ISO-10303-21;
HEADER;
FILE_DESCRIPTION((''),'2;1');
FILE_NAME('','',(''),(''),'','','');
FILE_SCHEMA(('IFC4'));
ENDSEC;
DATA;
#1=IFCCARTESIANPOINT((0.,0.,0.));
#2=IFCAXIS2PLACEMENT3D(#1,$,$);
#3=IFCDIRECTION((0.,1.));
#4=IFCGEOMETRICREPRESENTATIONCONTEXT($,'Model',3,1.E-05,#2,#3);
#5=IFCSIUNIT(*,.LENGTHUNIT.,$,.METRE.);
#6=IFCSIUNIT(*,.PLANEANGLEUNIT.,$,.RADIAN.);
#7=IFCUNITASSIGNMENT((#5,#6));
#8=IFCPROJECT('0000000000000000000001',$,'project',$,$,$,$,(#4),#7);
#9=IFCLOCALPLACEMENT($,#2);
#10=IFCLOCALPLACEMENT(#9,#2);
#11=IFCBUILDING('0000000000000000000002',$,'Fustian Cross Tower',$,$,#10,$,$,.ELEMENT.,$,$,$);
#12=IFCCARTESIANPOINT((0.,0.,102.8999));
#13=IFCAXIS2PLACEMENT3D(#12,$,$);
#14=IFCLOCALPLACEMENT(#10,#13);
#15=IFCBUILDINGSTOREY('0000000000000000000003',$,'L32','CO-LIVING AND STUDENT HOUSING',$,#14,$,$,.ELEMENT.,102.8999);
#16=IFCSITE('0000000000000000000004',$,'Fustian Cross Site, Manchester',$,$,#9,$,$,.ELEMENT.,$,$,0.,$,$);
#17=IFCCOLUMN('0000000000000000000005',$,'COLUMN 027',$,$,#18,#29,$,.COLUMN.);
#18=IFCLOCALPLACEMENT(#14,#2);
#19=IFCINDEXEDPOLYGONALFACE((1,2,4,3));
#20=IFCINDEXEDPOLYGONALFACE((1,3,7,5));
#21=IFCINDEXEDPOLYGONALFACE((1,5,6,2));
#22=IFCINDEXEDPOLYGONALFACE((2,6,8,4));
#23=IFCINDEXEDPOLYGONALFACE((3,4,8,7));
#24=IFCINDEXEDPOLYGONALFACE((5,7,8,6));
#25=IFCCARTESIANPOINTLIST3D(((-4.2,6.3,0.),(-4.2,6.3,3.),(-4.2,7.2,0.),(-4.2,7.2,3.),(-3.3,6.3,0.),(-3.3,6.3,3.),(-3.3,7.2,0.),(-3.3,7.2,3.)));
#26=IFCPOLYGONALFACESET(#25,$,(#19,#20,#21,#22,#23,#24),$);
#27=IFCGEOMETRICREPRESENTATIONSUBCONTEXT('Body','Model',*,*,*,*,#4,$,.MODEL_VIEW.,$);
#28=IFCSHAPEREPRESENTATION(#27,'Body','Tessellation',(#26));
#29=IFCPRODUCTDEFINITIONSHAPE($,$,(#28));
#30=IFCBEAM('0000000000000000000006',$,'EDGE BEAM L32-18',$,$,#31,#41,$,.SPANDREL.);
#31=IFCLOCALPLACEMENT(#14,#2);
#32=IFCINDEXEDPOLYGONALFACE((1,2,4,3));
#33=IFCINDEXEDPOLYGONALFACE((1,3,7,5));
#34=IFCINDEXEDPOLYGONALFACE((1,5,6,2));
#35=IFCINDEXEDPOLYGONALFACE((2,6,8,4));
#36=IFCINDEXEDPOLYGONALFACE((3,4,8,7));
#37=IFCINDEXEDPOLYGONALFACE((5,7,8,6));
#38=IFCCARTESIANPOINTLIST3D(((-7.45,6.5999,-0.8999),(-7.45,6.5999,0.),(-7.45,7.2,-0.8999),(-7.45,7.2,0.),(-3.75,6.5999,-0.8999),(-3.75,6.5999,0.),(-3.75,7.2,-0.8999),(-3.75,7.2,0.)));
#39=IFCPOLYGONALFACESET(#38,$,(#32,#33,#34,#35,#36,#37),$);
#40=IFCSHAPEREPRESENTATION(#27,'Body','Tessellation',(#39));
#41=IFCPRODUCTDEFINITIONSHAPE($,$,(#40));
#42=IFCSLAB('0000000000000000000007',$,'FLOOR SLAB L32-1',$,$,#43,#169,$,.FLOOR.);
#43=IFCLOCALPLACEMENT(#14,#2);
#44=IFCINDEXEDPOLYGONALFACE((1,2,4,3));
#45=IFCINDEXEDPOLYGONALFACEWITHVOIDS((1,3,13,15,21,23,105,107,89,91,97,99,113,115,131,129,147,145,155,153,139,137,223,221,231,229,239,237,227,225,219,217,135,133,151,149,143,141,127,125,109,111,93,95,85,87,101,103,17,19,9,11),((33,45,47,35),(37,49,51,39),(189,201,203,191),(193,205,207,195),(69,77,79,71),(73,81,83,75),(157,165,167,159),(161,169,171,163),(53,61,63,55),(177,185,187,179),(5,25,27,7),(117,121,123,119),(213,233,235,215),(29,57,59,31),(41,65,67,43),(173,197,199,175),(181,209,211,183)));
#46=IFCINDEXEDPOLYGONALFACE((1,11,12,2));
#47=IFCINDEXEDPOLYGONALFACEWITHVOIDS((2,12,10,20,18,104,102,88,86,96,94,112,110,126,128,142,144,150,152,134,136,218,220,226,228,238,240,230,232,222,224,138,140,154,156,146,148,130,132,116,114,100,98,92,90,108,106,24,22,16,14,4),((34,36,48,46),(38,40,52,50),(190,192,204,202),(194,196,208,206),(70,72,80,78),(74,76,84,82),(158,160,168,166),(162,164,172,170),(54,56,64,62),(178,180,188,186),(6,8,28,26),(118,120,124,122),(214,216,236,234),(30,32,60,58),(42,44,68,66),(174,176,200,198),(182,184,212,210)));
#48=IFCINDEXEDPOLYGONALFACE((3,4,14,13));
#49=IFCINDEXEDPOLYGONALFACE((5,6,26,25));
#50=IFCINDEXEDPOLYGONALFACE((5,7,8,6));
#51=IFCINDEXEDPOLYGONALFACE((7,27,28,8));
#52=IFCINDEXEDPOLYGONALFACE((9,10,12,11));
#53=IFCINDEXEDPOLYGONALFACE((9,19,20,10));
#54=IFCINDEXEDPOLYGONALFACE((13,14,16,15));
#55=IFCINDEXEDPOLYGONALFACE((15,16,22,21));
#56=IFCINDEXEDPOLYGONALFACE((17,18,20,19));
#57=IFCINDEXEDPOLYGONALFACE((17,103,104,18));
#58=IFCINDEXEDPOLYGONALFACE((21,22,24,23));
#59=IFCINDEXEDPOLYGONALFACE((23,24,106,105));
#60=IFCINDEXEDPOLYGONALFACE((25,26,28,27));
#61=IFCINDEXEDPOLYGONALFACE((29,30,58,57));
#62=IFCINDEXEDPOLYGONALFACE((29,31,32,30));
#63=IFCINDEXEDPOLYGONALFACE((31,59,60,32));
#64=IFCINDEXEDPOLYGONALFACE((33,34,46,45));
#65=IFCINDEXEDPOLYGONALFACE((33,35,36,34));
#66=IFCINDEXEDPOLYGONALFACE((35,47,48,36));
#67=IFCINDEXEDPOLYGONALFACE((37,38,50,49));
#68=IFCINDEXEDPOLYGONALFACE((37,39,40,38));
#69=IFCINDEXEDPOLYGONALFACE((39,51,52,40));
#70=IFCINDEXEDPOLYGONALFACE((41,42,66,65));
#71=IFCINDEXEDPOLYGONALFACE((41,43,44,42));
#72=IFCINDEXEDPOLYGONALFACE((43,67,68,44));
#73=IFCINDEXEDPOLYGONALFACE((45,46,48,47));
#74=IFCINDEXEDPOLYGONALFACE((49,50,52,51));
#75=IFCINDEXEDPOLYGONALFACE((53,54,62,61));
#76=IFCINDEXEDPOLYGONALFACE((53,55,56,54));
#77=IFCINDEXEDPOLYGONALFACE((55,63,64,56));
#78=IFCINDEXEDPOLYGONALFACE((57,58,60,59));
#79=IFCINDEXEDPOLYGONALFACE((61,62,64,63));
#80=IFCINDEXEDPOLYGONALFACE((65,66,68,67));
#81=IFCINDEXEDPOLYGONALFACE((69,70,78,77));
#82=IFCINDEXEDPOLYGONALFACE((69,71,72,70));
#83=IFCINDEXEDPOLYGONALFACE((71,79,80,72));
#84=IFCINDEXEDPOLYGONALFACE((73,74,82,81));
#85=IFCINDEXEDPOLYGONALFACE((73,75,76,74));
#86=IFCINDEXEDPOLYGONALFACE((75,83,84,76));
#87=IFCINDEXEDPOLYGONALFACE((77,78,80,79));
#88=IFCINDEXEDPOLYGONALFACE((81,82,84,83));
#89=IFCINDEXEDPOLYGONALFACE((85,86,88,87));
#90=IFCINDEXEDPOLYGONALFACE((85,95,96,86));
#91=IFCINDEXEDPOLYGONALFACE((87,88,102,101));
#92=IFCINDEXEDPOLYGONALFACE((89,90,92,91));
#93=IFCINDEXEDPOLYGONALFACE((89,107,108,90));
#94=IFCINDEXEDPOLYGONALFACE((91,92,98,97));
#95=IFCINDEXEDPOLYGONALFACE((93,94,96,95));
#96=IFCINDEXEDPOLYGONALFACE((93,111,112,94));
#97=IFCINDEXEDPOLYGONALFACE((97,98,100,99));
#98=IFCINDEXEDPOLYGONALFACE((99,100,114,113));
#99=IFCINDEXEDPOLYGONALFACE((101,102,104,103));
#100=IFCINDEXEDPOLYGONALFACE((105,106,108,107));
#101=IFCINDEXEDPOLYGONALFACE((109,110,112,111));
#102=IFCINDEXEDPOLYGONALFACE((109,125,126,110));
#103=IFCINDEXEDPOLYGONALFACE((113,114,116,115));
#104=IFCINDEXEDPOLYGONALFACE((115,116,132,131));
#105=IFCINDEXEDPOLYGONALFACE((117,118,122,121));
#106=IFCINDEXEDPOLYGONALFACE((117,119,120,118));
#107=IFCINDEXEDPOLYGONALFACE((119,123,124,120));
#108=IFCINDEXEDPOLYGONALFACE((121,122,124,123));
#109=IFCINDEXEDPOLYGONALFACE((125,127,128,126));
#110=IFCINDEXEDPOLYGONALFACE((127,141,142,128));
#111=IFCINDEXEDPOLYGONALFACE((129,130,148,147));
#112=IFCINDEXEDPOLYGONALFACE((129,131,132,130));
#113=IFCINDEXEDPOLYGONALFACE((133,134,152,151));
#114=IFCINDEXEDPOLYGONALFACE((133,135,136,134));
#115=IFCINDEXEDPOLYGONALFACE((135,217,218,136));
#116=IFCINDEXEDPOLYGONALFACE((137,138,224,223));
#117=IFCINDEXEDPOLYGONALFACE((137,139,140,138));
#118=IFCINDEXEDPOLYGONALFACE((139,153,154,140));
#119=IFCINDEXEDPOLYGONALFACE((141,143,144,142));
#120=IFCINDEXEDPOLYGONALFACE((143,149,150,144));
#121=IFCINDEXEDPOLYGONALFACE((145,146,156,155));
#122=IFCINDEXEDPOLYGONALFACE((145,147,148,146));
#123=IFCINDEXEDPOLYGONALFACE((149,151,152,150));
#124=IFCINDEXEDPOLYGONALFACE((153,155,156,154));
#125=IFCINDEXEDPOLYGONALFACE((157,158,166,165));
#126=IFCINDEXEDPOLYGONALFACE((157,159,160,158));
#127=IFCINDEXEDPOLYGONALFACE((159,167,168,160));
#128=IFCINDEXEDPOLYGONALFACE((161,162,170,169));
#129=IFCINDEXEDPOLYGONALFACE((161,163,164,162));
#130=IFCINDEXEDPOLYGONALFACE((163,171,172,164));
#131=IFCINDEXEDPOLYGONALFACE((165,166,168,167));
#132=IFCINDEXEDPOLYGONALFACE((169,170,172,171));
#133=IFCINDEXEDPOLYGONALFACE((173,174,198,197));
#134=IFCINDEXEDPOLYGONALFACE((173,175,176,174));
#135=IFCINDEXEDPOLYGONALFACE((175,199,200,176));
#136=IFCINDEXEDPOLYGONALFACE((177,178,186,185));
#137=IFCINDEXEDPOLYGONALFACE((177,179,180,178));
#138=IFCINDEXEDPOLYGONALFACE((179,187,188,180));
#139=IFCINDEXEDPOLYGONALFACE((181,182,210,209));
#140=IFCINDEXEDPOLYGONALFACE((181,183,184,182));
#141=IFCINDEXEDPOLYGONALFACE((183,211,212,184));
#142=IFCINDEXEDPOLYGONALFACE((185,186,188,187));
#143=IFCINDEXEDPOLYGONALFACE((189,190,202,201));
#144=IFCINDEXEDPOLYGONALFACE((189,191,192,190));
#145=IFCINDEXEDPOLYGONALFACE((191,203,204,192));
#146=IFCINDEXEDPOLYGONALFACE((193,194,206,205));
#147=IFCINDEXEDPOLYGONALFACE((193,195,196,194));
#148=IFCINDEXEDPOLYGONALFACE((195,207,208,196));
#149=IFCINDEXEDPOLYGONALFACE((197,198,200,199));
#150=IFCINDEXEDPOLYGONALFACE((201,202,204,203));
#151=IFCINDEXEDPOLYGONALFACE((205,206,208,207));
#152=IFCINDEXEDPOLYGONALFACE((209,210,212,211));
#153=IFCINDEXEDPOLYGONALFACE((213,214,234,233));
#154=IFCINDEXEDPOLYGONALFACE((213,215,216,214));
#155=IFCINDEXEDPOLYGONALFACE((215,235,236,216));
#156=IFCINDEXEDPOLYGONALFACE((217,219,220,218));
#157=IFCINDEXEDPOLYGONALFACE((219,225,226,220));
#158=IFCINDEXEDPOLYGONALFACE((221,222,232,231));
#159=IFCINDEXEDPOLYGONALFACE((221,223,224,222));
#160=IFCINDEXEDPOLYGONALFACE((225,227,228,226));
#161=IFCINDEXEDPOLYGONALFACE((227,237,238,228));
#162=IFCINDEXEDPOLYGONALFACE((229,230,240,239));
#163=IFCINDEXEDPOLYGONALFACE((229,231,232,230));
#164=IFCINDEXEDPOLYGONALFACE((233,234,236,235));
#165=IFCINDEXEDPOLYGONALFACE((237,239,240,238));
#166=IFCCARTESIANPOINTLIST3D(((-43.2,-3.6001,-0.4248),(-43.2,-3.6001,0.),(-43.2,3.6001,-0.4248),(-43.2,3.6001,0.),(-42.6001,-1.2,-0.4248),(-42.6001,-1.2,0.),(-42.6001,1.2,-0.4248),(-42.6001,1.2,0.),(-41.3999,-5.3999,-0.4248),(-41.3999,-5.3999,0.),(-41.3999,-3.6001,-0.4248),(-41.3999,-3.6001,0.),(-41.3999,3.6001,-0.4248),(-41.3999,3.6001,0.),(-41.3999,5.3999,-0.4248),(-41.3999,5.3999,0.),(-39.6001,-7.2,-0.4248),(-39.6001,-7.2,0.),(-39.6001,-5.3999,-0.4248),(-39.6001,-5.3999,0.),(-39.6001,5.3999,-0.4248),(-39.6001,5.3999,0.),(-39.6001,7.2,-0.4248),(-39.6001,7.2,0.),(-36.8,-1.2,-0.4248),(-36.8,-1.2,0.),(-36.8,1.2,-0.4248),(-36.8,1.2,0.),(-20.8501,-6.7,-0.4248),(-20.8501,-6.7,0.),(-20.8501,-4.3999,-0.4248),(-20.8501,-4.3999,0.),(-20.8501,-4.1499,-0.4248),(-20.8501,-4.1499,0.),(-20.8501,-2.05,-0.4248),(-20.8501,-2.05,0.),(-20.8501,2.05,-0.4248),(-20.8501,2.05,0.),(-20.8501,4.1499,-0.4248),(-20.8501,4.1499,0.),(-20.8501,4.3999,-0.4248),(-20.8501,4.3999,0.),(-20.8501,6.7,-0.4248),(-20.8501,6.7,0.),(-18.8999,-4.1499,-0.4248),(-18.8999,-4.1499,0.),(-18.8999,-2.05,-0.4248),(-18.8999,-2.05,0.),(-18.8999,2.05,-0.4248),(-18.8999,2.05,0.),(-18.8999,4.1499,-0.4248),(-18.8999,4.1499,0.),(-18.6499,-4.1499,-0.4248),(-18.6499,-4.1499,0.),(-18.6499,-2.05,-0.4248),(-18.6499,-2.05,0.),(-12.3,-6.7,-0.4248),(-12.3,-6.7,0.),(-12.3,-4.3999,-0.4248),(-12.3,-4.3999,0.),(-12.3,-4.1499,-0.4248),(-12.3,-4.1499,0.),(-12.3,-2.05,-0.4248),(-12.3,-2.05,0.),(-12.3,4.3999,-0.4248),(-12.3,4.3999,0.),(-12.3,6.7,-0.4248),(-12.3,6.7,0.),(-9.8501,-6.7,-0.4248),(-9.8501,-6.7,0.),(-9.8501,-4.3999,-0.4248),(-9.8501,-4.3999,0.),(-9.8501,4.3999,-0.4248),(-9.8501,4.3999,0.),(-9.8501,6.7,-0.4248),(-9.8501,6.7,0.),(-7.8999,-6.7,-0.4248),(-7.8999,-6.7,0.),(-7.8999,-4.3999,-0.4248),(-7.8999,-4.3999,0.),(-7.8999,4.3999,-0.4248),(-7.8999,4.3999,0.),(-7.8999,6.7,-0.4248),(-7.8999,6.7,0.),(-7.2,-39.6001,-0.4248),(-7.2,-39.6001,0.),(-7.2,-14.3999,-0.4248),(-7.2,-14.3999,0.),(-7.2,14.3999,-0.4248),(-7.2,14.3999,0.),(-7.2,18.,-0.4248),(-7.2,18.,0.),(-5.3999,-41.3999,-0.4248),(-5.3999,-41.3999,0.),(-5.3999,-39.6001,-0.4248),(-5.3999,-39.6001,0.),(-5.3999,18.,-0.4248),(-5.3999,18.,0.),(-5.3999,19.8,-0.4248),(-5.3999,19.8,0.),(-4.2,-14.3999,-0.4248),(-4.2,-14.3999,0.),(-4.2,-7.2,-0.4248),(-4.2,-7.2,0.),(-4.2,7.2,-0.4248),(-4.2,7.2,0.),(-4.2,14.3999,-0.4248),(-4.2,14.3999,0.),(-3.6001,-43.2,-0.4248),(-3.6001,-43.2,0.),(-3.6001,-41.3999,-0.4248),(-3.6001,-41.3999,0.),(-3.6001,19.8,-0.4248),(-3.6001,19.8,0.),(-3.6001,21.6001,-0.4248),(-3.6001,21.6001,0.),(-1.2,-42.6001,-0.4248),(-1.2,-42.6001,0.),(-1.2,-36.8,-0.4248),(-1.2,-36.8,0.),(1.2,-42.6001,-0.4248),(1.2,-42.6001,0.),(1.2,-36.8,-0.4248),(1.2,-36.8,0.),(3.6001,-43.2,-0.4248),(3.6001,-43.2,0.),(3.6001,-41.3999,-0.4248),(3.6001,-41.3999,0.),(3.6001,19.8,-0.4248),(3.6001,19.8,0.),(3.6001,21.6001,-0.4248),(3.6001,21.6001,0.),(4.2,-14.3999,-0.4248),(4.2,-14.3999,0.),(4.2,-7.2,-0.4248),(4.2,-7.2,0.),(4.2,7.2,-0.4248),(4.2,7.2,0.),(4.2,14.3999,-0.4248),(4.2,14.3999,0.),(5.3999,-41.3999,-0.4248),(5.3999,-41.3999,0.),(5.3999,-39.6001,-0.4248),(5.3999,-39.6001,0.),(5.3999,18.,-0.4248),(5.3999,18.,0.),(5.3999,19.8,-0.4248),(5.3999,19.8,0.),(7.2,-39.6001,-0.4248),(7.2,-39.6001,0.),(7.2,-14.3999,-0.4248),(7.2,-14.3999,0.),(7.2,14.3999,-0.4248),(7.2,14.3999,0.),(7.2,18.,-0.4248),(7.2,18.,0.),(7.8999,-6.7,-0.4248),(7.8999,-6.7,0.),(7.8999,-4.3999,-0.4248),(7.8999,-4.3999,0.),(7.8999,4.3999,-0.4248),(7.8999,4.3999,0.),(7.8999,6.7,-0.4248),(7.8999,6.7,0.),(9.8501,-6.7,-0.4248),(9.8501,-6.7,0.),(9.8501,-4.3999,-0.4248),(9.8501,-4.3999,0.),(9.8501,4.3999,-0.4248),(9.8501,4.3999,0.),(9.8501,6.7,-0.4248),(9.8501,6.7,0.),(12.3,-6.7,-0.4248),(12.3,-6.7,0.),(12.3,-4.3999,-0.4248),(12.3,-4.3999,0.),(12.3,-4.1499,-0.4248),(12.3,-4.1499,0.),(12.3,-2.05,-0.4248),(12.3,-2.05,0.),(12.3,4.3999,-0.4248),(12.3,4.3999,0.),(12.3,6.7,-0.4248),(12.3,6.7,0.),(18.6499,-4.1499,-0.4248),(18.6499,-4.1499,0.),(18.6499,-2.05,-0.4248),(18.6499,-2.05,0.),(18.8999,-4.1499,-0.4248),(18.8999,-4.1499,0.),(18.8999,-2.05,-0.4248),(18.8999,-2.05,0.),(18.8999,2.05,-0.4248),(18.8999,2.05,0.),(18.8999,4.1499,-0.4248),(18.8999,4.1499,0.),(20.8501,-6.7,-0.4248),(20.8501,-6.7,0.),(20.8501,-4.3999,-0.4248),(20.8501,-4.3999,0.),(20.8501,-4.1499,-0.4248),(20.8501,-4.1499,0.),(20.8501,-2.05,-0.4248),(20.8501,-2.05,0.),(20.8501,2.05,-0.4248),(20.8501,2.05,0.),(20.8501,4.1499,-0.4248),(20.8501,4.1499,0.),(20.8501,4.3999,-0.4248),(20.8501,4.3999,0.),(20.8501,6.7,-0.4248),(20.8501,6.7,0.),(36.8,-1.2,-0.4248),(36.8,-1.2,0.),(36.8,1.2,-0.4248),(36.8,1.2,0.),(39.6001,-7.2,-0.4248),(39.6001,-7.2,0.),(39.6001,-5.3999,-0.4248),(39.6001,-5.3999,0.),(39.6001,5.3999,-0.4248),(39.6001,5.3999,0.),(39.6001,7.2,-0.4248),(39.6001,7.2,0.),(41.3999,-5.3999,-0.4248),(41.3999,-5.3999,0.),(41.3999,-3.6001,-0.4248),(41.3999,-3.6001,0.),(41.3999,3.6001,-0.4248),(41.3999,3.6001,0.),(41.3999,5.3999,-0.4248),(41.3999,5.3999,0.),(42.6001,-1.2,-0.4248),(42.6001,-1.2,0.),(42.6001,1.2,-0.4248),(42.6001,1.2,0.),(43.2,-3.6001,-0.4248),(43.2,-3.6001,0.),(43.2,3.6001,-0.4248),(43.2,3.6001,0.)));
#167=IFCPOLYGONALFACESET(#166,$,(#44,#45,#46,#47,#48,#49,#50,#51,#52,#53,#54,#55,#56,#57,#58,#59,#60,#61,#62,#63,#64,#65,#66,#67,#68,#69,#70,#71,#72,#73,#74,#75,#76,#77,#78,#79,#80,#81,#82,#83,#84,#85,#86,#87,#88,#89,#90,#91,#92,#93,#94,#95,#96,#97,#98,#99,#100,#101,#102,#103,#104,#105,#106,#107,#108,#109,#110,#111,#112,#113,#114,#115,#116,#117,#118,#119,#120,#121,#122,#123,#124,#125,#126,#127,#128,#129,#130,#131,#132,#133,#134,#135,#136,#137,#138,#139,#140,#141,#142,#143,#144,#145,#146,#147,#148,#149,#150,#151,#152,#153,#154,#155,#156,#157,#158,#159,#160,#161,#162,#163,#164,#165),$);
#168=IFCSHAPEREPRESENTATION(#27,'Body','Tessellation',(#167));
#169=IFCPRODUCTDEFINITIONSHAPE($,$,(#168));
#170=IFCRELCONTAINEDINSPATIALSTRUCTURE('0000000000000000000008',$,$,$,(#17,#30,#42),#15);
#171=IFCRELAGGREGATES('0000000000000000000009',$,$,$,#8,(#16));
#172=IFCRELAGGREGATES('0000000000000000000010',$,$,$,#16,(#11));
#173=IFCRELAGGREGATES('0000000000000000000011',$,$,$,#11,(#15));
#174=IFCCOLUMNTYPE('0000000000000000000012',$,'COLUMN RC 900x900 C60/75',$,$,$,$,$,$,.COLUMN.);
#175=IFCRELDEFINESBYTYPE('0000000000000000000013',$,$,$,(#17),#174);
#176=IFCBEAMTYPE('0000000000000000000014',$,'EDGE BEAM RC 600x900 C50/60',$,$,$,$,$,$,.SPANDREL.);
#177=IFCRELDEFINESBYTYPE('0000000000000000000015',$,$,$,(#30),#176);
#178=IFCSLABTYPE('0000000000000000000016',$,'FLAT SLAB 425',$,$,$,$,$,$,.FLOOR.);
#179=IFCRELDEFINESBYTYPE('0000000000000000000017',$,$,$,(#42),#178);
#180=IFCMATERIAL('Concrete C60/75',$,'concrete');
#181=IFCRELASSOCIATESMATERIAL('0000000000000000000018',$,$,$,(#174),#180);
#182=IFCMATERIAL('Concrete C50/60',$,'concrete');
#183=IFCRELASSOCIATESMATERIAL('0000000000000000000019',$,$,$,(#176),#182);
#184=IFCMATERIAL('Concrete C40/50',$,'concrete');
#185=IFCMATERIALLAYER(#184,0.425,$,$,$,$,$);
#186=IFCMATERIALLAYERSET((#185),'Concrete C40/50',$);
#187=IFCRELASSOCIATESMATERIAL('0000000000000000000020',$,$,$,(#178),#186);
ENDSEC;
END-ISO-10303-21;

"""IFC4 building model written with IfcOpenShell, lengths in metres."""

from ifc_helpers import new_model, si_unit, direction, frame, origin, origin_2d, place, context, subcontext, project, spatial, polyline, rectangle, outline, extrude, material, layer, layer_set, material_profile, profile_set, type_object, element, save


model = new_model("IFC4")

# Units and contexts
model_context = context("Model", 3, precision=1e-05, world=origin(), true_north=direction((0.0, 1.0)))
body_context = subcontext(model_context, "Body", "Model", "MODEL_VIEW")
ifc_project = project(units=[si_unit("LENGTHUNIT", "METRE"), si_unit("PLANEANGLEUNIT", "RADIAN")], contexts=[model_context])

# Site, building, storey
site_placement = place(None, origin())
site = spatial("IfcSite", under=ifc_project, at=site_placement, Name="Fustian Cross Site, Manchester", CompositionType="ELEMENT", RefElevation=0.0)
building_placement = place(site_placement, origin())
building = spatial("IfcBuilding", under=site, at=building_placement, Name="Fustian Cross Tower", CompositionType="ELEMENT")
storey_placement = place(building_placement, frame((0.0, 0.0, 102.8999)))
storey = spatial("IfcBuildingStorey", under=building, at=storey_placement, Name="L32", Description="CO-LIVING AND STUDENT HOUSING", CompositionType="ELEMENT", Elevation=102.8999)

# Column
ifc_material_1 = material(Name="Concrete C60/75", Category="concrete")
ifc_material_profile_1 = material_profile(ifc_material_1, rectangle(XDim=0.8999, YDim=0.8999, at=origin_2d()), Name="RC 900x900")
ifc_profile_set_1 = profile_set([ifc_material_profile_1], Name="Concrete C60/75")
column_type = type_object("IfcColumnType", Name="COLUMN RC 900x900 C60/75", PredefinedType="COLUMN", material=ifc_profile_set_1)
column_placement = place(storey_placement, frame((-3.75, 6.75, 0.0), z_axis=(0.0, 0.0, 1.0), x_axis=(1.0, 0.0, 0.0)))
element("IfcColumn", 1, at=column_placement, inside=storey, type_object=column_type, Name="COLUMN 027", PredefinedType="COLUMN", context=body_context, shape_type="SweptSolid", body=[
    extrude(rectangle(XDim=0.8999, YDim=0.8999, at=origin_2d()), origin(), (0.0, 0.0, 1.0), 3.0),
])

# Beam
ifc_material_2 = material(Name="Concrete C50/60", Category="concrete")
ifc_material_profile_2 = material_profile(ifc_material_2, rectangle(XDim=0.6001, YDim=0.8999, at=origin_2d()), Name="RC 600x900")
ifc_profile_set_2 = profile_set([ifc_material_profile_2], Name="Concrete C50/60")
beam_type = type_object("IfcBeamType", Name="EDGE BEAM RC 600x900 C50/60", PredefinedType="SPANDREL", material=ifc_profile_set_2)
beam_placement = place(storey_placement, frame((-3.75, 6.8999, -0.45), z_axis=(-1.0, 0.0, 0.0), x_axis=(0.0, -1.0, 0.0)))
element("IfcBeam", 2, at=beam_placement, inside=storey, type_object=beam_type, Name="EDGE BEAM L32-18", PredefinedType="SPANDREL", context=body_context, shape_type="SweptSolid", body=[
    extrude(rectangle(XDim=0.6001, YDim=0.8999, at=origin_2d()), origin(), (0.0, 0.0, 1.0), 3.7),
])

# Slab
ifc_material_3 = material(Name="Concrete C40/50", Category="concrete")
ifc_layer_1 = layer(ifc_material_3, 0.425)
ifc_layer_set_1 = layer_set([ifc_layer_1], Name="Concrete C40/50")
slab_type = type_object("IfcSlabType", Name="FLAT SLAB 425", PredefinedType="FLOOR", material=ifc_layer_set_1)
slab_placement = place(storey_placement, frame((0.0, 0.0, -0.4248)))
element("IfcSlab", 3, at=slab_placement, inside=storey, type_object=slab_type, Name="FLOOR SLAB L32-1", PredefinedType="FLOOR", context=body_context, shape_type="SweptSolid", body=[
    extrude(outline(polyline([(-4.2, -7.2), (-39.6001, -7.2), (-39.6001, -5.3999), (-41.3999, -5.3999), (-41.3999, -3.6001), (-43.2, -3.6001), (-43.2, 3.6001), (-41.3999, 3.6001), (-41.3999, 5.3999), (-39.6001, 5.3999), (-39.6001, 7.2), (-4.2, 7.2), (-4.2, 14.3999), (-7.2, 14.3999), (-7.2, 18.0), (-5.3999, 18.0), (-5.3999, 19.8), (-3.6001, 19.8), (-3.6001, 21.6001), (3.6001, 21.6001), (3.6001, 19.8), (5.3999, 19.8), (5.3999, 18.0), (7.2, 18.0), (7.2, 14.3999), (4.2, 14.3999), (4.2, 7.2), (39.6001, 7.2), (39.6001, 5.3999), (41.3999, 5.3999), (41.3999, 3.6001), (43.2, 3.6001), (43.2, -3.6001), (41.3999, -3.6001), (41.3999, -5.3999), (39.6001, -5.3999), (39.6001, -7.2), (4.2, -7.2), (4.2, -14.3999), (7.2, -14.3999), (7.2, -39.6001), (5.3999, -39.6001), (5.3999, -41.3999), (3.6001, -41.3999), (3.6001, -43.2), (-3.6001, -43.2), (-3.6001, -41.3999), (-5.3999, -41.3999), (-5.3999, -39.6001), (-7.2, -39.6001), (-7.2, -14.3999), (-4.2, -14.3999), (-4.2, -7.2)]), holes=[polyline([(20.8501, -2.05), (18.8999, -2.05), (18.8999, -4.1499), (20.8501, -4.1499), (20.8501, -2.05)]), polyline([(20.8501, 2.05), (20.8501, 4.1499), (18.8999, 4.1499), (18.8999, 2.05), (20.8501, 2.05)]), polyline([(7.8999, 4.3999), (9.8501, 4.3999), (9.8501, 6.7), (7.8999, 6.7), (7.8999, 4.3999)]), polyline([(7.8999, -4.3999), (7.8999, -6.7), (9.8501, -6.7), (9.8501, -4.3999), (7.8999, -4.3999)]), polyline([(-18.8999, -2.05), (-20.8501, -2.05), (-20.8501, -4.1499), (-18.8999, -4.1499), (-18.8999, -2.05)]), polyline([(-18.8999, 2.05), (-18.8999, 4.1499), (-20.8501, 4.1499), (-20.8501, 2.05), (-18.8999, 2.05)]), polyline([(-9.8501, 4.3999), (-7.8999, 4.3999), (-7.8999, 6.7), (-9.8501, 6.7), (-9.8501, 4.3999)]), polyline([(-9.8501, -4.3999), (-9.8501, -6.7), (-7.8999, -6.7), (-7.8999, -4.3999), (-9.8501, -4.3999)]), polyline([(18.6499, -2.05), (12.3, -2.05), (12.3, -4.1499), (18.6499, -4.1499), (18.6499, -2.05)]), polyline([(-12.3, -4.1499), (-12.3, -2.05), (-18.6499, -2.05), (-18.6499, -4.1499), (-12.3, -4.1499)]), polyline([(12.3, 4.3999), (20.8501, 4.3999), (20.8501, 6.7), (12.3, 6.7), (12.3, 4.3999)]), polyline([(12.3, -4.3999), (12.3, -6.7), (20.8501, -6.7), (20.8501, -4.3999), (12.3, -4.3999)]), polyline([(-12.3, 6.7), (-20.8501, 6.7), (-20.8501, 4.3999), (-12.3, 4.3999), (-12.3, 6.7)]), polyline([(-12.3, -6.7), (-12.3, -4.3999), (-20.8501, -4.3999), (-20.8501, -6.7), (-12.3, -6.7)]), polyline([(-1.2, -42.6001), (1.2, -42.6001), (1.2, -36.8), (-1.2, -36.8), (-1.2, -42.6001)]), polyline([(36.8, 1.2), (36.8, -1.2), (42.6001, -1.2), (42.6001, 1.2), (36.8, 1.2)]), polyline([(-36.8, 1.2), (-42.6001, 1.2), (-42.6001, -1.2), (-36.8, -1.2), (-36.8, 1.2)])]), origin(), (0.0, 0.0, 1.0), 0.4248),
])

save(model, "model.ifc")
